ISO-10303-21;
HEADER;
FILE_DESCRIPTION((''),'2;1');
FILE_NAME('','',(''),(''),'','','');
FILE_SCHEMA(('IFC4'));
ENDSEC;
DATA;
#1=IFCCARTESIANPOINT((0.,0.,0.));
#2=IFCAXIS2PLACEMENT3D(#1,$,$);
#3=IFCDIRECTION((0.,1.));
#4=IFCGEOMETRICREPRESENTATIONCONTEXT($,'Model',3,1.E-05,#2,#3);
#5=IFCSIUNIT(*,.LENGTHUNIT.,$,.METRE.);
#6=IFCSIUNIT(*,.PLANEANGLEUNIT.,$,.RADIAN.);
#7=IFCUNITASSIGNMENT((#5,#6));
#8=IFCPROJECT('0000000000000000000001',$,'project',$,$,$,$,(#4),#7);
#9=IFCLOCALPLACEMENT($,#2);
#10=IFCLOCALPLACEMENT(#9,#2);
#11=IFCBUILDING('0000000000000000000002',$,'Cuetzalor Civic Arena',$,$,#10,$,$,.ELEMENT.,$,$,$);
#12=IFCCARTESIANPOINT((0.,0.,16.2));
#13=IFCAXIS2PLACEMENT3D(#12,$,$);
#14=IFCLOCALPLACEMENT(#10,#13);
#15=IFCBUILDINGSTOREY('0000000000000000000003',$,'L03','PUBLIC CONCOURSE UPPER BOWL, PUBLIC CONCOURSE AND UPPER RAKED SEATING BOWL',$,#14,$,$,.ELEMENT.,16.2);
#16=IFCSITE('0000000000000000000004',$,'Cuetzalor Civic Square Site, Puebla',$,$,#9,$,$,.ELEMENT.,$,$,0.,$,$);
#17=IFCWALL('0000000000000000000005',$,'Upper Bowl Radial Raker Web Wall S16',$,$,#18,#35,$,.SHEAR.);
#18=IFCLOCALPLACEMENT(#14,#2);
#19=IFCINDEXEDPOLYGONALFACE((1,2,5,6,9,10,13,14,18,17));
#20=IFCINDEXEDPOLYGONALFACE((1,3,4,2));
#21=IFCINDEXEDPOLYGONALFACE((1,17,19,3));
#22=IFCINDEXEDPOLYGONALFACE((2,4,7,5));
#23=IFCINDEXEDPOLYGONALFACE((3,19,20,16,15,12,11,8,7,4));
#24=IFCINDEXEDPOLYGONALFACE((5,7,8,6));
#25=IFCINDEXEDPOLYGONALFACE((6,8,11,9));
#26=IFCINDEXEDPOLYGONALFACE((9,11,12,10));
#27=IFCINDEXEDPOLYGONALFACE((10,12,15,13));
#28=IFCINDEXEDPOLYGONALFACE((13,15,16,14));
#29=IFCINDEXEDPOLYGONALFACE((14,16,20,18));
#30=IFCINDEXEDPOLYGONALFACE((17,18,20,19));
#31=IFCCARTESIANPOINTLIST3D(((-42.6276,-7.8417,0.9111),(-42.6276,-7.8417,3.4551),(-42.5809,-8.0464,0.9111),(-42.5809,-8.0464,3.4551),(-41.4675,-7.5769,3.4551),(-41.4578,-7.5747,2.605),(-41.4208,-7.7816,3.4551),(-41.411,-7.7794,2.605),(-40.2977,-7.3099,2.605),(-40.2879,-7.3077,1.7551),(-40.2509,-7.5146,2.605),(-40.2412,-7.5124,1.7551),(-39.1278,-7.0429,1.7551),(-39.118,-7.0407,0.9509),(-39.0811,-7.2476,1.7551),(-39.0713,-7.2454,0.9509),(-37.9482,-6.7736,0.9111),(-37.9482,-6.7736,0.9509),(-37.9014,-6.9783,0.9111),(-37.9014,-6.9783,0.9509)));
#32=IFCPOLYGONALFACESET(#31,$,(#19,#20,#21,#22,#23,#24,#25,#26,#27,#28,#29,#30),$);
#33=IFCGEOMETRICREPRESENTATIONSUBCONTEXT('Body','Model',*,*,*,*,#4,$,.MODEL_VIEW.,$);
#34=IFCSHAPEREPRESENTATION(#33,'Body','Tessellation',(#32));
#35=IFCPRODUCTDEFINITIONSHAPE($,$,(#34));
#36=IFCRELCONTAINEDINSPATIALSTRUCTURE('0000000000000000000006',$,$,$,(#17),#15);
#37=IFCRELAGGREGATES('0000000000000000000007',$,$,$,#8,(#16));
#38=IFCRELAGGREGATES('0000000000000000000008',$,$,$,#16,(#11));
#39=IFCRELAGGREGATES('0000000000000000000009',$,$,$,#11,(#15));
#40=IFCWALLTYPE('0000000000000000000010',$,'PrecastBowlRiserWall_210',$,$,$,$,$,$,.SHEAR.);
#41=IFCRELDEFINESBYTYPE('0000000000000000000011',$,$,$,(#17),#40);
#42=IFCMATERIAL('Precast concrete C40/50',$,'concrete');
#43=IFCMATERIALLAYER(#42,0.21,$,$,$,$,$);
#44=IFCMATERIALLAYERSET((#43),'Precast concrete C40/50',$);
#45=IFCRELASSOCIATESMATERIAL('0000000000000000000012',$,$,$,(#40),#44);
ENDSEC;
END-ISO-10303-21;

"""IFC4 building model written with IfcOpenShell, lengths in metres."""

from ifc_helpers import new_model, si_unit, direction, frame, origin, place, context, subcontext, project, spatial, polyline, outline, extrude, material, layer, layer_set, type_object, element, save


model = new_model("IFC4")

# Units and contexts
model_context = context("Model", 3, precision=1e-05, world=origin(), true_north=direction((0.0, 1.0)))
body_context = subcontext(model_context, "Body", "Model", "MODEL_VIEW")
ifc_project = project(units=[si_unit("LENGTHUNIT", "METRE"), si_unit("PLANEANGLEUNIT", "RADIAN")], contexts=[model_context])

# Site, building, storey
site_placement = place(None, origin())
site = spatial("IfcSite", under=ifc_project, at=site_placement, Name="Cuetzalor Civic Square Site, Puebla", CompositionType="ELEMENT", RefElevation=0.0)
building_placement = place(site_placement, origin())
building = spatial("IfcBuilding", under=site, at=building_placement, Name="Cuetzalor Civic Arena", CompositionType="ELEMENT")
storey_placement = place(building_placement, frame((0.0, 0.0, 16.2)))
storey = spatial("IfcBuildingStorey", under=building, at=storey_placement, Name="L03", Description="PUBLIC CONCOURSE UPPER BOWL, PUBLIC CONCOURSE AND UPPER RAKED SEATING BOWL", CompositionType="ELEMENT", Elevation=16.2)

# Wall
ifc_material_1 = material(Name="Precast concrete C40/50", Category="concrete")
ifc_layer = layer(ifc_material_1, 0.21)
ifc_layer_set = layer_set([ifc_layer], Name="Precast concrete C40/50")
wall_type = type_object("IfcWallType", Name="PrecastBowlRiserWall_210", PredefinedType="SHEAR", material=ifc_layer_set)
wall_1_placement = place(storey_placement, frame((-37.9248, -6.876, 0.9111), z_axis=(0.0, 0.0, 1.0), x_axis=(-0.974925, -0.222533, 0.0)))
element("IfcWall", 1, at=wall_1_placement, inside=storey, type_object=wall_type, Name="Upper Bowl Radial Raker Web Wall S16", PredefinedType="SHEAR", context=body_context, shape_type="SweptSolid", body=[
    extrude(outline(polyline([(0.0, 0.0), (4.7998, 0.0), (4.7998, 2.5439), (3.6099, 2.5439), (3.5999, 1.6938), (2.4099, 1.6938), (2.3999, 0.844), (1.21, 0.844), (1.2, 0.0398), (0.0, 0.0398), (0.0, 0.0)])), frame((0.0, 0.105, 0.0), z_axis=(0.0, -1.0, 0.0), x_axis=(1.0, 0.0, 0.0)), (0.0, 0.0, 1.0), 0.21),
])

save(model, "model.ifc")
